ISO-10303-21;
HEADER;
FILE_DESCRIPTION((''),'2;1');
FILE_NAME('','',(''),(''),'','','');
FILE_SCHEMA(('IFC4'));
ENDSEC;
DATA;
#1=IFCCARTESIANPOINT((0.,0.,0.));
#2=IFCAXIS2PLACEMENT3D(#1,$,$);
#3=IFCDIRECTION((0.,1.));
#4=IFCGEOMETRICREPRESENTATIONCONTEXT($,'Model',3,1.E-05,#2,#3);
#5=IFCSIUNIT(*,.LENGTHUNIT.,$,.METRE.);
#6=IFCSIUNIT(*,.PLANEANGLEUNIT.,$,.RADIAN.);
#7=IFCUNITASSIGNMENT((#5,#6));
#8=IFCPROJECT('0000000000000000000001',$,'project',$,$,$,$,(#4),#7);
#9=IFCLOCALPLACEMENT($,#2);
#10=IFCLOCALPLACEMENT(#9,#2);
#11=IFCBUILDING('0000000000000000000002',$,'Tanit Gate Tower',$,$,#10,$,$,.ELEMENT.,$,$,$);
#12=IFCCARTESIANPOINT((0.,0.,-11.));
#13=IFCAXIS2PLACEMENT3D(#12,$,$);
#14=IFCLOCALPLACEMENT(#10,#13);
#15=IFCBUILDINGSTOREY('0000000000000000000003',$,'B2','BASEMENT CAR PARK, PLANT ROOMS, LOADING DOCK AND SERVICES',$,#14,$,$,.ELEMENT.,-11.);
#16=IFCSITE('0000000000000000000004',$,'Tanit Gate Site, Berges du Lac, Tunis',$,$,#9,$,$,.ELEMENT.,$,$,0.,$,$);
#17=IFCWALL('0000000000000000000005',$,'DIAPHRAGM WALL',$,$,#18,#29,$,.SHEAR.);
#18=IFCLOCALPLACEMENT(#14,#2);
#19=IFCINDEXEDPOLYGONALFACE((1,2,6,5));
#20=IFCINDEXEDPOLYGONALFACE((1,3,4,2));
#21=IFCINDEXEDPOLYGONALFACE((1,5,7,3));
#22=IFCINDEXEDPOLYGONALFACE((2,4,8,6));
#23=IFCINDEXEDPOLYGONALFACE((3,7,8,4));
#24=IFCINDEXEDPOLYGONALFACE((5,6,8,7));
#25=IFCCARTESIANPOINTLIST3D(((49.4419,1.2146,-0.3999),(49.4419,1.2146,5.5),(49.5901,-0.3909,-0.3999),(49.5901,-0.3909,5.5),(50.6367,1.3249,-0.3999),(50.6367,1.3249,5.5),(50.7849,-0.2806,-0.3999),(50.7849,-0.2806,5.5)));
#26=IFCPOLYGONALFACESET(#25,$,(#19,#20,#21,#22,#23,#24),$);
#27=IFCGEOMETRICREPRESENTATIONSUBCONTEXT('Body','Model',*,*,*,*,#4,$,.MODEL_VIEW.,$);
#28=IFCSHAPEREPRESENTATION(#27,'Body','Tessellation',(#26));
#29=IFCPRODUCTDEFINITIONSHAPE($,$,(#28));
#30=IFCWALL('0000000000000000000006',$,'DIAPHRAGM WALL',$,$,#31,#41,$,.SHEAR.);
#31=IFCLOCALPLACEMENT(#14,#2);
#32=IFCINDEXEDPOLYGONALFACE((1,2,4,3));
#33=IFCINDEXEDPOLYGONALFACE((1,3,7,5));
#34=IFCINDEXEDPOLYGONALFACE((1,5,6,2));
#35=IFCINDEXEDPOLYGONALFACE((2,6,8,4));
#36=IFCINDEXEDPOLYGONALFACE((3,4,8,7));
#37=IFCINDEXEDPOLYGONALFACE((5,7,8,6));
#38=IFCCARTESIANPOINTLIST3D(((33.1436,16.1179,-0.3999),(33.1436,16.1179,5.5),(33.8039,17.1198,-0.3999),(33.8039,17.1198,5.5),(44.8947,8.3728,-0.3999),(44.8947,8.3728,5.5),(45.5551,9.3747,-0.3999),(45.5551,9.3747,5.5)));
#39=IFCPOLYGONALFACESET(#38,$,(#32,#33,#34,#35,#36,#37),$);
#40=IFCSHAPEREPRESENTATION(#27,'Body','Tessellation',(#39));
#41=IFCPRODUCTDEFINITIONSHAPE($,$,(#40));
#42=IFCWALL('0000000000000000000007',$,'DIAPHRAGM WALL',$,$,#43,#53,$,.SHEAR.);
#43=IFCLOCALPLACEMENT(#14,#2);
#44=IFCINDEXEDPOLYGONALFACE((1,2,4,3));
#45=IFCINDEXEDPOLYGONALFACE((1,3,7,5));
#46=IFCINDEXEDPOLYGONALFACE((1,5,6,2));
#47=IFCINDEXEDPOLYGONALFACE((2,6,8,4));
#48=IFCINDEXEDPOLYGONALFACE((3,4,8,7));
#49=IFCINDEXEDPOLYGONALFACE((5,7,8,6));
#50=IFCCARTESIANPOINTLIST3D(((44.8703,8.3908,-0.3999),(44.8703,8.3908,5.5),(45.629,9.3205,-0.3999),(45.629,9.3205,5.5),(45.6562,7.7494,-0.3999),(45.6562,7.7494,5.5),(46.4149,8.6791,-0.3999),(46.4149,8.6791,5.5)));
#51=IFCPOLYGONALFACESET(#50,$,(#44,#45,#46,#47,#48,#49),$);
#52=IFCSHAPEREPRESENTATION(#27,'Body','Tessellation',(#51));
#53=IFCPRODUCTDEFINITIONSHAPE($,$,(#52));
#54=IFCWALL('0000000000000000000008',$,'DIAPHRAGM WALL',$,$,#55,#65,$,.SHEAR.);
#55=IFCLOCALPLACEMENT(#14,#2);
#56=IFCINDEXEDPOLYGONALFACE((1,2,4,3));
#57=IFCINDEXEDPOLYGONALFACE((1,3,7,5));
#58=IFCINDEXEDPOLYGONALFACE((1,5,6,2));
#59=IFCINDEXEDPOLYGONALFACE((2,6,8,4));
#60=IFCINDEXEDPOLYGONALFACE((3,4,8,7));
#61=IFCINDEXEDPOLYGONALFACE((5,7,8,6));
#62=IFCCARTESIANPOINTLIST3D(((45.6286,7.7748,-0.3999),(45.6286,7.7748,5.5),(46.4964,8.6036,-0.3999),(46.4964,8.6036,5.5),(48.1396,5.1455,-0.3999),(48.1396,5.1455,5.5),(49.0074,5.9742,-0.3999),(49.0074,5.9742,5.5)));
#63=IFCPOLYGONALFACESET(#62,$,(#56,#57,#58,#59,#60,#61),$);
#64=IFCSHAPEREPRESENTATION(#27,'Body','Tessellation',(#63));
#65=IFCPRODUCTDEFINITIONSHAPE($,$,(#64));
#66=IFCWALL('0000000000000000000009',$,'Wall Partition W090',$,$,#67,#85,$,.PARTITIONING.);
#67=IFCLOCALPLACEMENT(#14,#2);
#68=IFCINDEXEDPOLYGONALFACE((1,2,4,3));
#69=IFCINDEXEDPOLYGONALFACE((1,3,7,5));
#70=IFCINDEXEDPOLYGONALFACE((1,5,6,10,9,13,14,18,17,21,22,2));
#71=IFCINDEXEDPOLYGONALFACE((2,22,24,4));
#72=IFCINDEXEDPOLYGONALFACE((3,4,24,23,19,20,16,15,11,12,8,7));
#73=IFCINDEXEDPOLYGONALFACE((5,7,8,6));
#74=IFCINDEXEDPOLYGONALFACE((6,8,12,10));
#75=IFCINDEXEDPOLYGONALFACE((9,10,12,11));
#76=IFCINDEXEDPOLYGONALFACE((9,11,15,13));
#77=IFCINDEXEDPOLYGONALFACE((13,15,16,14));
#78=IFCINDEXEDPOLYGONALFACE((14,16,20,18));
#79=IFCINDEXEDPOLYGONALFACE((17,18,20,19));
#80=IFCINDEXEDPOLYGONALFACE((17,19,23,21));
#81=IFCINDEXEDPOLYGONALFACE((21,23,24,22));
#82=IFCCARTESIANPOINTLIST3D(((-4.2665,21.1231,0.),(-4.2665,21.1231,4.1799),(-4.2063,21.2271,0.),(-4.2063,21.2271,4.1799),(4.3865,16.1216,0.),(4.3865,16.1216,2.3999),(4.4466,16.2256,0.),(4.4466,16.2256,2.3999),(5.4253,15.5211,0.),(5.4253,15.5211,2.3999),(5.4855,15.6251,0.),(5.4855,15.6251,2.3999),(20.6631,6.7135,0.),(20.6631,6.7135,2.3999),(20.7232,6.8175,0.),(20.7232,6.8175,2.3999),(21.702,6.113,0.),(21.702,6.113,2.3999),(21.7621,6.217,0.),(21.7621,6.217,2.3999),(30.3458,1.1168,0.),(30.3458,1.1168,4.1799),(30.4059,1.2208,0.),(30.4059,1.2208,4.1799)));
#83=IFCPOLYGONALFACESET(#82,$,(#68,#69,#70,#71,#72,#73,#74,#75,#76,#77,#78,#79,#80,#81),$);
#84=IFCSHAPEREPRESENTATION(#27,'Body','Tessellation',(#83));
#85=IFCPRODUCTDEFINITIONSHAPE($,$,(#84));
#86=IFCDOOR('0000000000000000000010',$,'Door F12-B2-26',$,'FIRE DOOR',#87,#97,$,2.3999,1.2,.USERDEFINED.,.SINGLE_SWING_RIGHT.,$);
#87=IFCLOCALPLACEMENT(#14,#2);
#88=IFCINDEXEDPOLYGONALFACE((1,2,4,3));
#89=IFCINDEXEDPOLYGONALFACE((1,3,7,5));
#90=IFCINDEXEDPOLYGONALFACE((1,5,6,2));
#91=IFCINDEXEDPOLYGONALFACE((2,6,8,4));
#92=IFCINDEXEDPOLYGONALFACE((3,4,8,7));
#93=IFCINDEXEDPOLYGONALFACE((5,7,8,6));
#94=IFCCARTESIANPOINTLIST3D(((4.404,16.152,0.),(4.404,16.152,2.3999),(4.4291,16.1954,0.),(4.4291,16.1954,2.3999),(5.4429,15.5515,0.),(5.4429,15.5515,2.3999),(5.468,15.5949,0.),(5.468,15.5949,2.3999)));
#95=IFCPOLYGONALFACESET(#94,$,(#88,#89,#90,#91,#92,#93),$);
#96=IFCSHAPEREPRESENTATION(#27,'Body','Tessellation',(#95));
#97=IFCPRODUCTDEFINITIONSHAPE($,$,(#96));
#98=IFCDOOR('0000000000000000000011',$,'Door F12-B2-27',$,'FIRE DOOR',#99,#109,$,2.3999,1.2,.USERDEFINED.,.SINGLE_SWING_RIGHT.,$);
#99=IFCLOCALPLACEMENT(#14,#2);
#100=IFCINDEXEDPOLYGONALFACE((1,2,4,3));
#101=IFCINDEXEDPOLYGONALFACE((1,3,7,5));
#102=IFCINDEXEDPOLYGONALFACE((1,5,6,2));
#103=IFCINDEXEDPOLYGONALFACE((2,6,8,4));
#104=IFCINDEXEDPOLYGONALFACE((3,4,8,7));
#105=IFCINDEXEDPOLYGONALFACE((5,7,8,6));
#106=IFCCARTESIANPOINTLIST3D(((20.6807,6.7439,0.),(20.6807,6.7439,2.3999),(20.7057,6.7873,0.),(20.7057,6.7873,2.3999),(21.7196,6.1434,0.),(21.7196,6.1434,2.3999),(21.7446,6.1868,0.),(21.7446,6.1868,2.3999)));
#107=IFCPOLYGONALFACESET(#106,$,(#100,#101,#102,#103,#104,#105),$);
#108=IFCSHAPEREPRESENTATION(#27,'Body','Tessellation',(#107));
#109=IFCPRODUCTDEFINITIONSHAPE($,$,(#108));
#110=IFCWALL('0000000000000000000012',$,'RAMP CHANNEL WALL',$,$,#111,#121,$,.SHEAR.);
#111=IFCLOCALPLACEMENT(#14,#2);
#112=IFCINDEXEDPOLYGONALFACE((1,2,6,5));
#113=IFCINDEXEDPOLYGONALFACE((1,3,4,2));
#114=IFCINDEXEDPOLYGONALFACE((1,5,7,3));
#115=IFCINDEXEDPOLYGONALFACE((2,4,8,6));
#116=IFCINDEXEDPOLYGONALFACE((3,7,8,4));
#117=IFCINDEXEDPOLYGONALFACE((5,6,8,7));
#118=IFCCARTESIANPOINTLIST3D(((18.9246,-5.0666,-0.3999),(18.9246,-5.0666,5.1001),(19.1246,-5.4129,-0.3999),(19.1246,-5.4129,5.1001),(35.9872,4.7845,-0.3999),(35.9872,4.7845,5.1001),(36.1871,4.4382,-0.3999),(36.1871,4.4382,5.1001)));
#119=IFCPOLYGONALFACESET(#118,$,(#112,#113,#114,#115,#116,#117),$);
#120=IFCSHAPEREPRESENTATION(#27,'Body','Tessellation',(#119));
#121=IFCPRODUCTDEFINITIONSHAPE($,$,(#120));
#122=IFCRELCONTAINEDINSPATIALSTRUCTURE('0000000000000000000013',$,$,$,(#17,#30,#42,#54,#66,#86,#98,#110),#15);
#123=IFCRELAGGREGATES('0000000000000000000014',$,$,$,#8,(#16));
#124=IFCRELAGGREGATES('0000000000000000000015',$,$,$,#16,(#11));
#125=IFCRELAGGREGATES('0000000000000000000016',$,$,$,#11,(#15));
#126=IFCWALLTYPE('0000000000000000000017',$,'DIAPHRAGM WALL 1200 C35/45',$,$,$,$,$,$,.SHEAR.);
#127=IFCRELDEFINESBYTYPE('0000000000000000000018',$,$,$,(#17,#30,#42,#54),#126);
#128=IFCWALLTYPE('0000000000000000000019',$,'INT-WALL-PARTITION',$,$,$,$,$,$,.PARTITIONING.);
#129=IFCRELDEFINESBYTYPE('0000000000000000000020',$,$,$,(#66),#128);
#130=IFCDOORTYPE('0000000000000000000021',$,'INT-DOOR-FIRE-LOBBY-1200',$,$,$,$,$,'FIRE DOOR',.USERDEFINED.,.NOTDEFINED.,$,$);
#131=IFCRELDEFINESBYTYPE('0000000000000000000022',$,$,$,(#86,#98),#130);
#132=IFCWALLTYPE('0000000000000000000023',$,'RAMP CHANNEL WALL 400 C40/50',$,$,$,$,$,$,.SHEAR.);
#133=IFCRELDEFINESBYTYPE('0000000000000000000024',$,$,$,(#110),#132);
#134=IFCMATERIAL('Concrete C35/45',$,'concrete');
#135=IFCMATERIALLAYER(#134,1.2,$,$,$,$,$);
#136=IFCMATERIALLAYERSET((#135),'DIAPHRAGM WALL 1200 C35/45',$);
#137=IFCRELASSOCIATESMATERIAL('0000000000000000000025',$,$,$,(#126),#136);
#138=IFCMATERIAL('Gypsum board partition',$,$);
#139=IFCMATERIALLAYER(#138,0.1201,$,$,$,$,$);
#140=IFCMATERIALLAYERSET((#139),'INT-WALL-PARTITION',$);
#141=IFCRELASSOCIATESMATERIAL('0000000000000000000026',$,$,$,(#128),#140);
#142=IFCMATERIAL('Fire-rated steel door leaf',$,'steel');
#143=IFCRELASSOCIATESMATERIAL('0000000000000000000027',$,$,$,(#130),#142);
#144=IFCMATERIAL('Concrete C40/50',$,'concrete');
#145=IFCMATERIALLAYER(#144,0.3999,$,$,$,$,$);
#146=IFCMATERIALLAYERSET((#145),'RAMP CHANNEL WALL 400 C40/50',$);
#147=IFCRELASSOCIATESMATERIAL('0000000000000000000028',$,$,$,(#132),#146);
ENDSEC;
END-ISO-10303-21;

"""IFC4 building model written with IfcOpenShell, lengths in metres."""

from ifc_helpers import new_model, si_unit, direction, frame, frame_2d, origin, place, context, subcontext, project, spatial, rectangle, extrude, material, layer, layer_set, type_object, element, fill, save


model = new_model("IFC4")

# Units and contexts
model_context = context("Model", 3, precision=1e-05, world=origin(), true_north=direction((0.0, 1.0)))
body_context = subcontext(model_context, "Body", "Model", "MODEL_VIEW")
ifc_project = project(units=[si_unit("LENGTHUNIT", "METRE"), si_unit("PLANEANGLEUNIT", "RADIAN")], contexts=[model_context])

# Site, building, storey
site_placement = place(None, origin())
site = spatial("IfcSite", under=ifc_project, at=site_placement, Name="Tanit Gate Site, Berges du Lac, Tunis", CompositionType="ELEMENT", RefElevation=0.0)
building_placement = place(site_placement, origin())
building = spatial("IfcBuilding", under=site, at=building_placement, Name="Tanit Gate Tower", CompositionType="ELEMENT")
storey_placement = place(building_placement, frame((0.0, 0.0, -11.0)))
storey = spatial("IfcBuildingStorey", under=building, at=storey_placement, Name="B2", Description="BASEMENT CAR PARK, PLANT ROOMS, LOADING DOCK AND SERVICES", CompositionType="ELEMENT", Elevation=-11.0)

# Walls
ifc_material_1 = material(Name="Concrete C35/45", Category="concrete")
ifc_layer_1 = layer(ifc_material_1, 1.2)
ifc_layer_set_1 = layer_set([ifc_layer_1], Name="DIAPHRAGM WALL 1200 C35/45")
wall_type_1 = type_object("IfcWallType", Name="DIAPHRAGM WALL 1200 C35/45", PredefinedType="SHEAR", material=ifc_layer_set_1)
wall_1_placement = place(storey_placement, frame((50.0393, 1.2698, -0.3999), z_axis=(0.0, 0.0, 1.0), x_axis=(0.091915, -0.995767, 0.0)))
element("IfcWall", 1, at=wall_1_placement, inside=storey, type_object=wall_type_1, Name="DIAPHRAGM WALL", PredefinedType="SHEAR", context=body_context, shape_type="SweptSolid", body=[
    extrude(rectangle(XDim=1.6123, YDim=1.2, at=frame_2d((0.8062, 0.0))), origin(), (0.0, 0.0, 1.0), 5.8999),
])
wall_2_placement = place(storey_placement, frame((33.4736, 16.6189, -0.3999), z_axis=(0.0, 0.0, 1.0), x_axis=(0.834958, -0.550313, 0.0)))
element("IfcWall", 2, at=wall_2_placement, inside=storey, type_object=wall_type_1, Name="DIAPHRAGM WALL", PredefinedType="SHEAR", context=body_context, shape_type="SweptSolid", body=[
    extrude(rectangle(XDim=14.074, YDim=1.2, at=frame_2d((7.0371, 0.0))), origin(), (0.0, 0.0, 1.0), 5.8999),
])
wall_3_placement = place(storey_placement, frame((45.2495, 8.8557, -0.3999), z_axis=(0.0, 0.0, 1.0), x_axis=(0.77475, -0.632267, 0.0)))
element("IfcWall", 3, at=wall_3_placement, inside=storey, type_object=wall_type_1, Name="DIAPHRAGM WALL", PredefinedType="SHEAR", context=body_context, shape_type="SweptSolid", body=[
    extrude(rectangle(XDim=1.0144, YDim=1.2, at=frame_2d((0.5073, 0.0))), origin(), (0.0, 0.0, 1.0), 5.8999),
])
wall_4_placement = place(storey_placement, frame((46.0625, 8.1892, -0.3999), z_axis=(0.0, 0.0, 1.0), x_axis=(0.690635, -0.723203, 0.0)))
element("IfcWall", 4, at=wall_4_placement, inside=storey, type_object=wall_type_1, Name="DIAPHRAGM WALL", PredefinedType="SHEAR", context=body_context, shape_type="SweptSolid", body=[
    extrude(rectangle(XDim=3.6357, YDim=1.2, at=frame_2d((1.8179, 0.0))), origin(), (0.0, 0.0, 1.0), 5.8999),
])

# Wall, openings, doors
ifc_material_2 = material(Name="Gypsum board partition")
ifc_layer_2 = layer(ifc_material_2, 0.1201)
ifc_layer_set_2 = layer_set([ifc_layer_2], Name="INT-WALL-PARTITION")
wall_type_2 = type_object("IfcWallType", Name="INT-WALL-PARTITION", PredefinedType="PARTITIONING", material=ifc_layer_set_2)
wall_5_placement = place(storey_placement, frame((30.376, 1.1687, 0.0), z_axis=(0.0, 0.0, 1.0), x_axis=(-0.865777, 0.50043, 0.0)))
wall_5 = element("IfcWall", 5, at=wall_5_placement, inside=storey, type_object=wall_type_2, Name="Wall Partition W090", PredefinedType="PARTITIONING", context=body_context, shape_type="SweptSolid", body=[
    extrude(rectangle(XDim=39.9783, YDim=0.1201, at=frame_2d((19.9893, 0.0))), origin(), (0.0, 0.0, 1.0), 4.1799),
])
opening_1_placement = place(wall_5_placement, frame((28.7839, 0.0, 0.0)))
opening_1 = element("IfcOpeningElement", 6, at=opening_1_placement, cuts=wall_5, PredefinedType="OPENING", context=body_context, shape_type="SweptSolid", body=[
    extrude(rectangle(XDim=1.2, YDim=2.3999, at=frame_2d((0.6001, 1.2))), frame((0.0, 0.0701, 0.0), z_axis=(0.0, -1.0, 0.0), x_axis=(1.0, 0.0, 0.0)), (0.0, 0.0, 1.0), 0.1401),
])
opening_2_placement = place(wall_5_placement, frame((9.9839, 0.0, 0.0)))
opening_2 = element("IfcOpeningElement", 7, at=opening_2_placement, cuts=wall_5, PredefinedType="OPENING", context=body_context, shape_type="SweptSolid", body=[
    extrude(rectangle(XDim=1.2, YDim=2.3999, at=frame_2d((0.6001, 1.2))), frame((0.0, 0.0701, 0.0), z_axis=(0.0, -1.0, 0.0), x_axis=(1.0, 0.0, 0.0)), (0.0, 0.0, 1.0), 0.1401),
])
ifc_material_3 = material(Name="Fire-rated steel door leaf", Category="steel")
door_type = type_object("IfcDoorType", Name="INT-DOOR-FIRE-LOBBY-1200", ElementType="FIRE DOOR", OperationType="NOTDEFINED", PredefinedType="USERDEFINED", material=ifc_material_3)
door_1_placement = place(opening_1_placement, origin())
door_1 = element("IfcDoor", 8, at=door_1_placement, inside=storey, type_object=door_type, Name="Door F12-B2-26", ObjectType="FIRE DOOR", OperationType="SINGLE_SWING_RIGHT", OverallHeight=2.3999, OverallWidth=1.2, PredefinedType="USERDEFINED", context=body_context, shape_type="SweptSolid", body=[
    extrude(rectangle(XDim=1.2, YDim=2.3999, at=frame_2d((0.6001, 1.2))), frame((0.0, 0.0249, 0.0), z_axis=(0.0, -1.0, 0.0), x_axis=(1.0, 0.0, 0.0)), (0.0, 0.0, 1.0), 0.05),
])
fill(opening_1, door_1)
door_2_placement = place(opening_2_placement, origin())
door_2 = element("IfcDoor", 9, at=door_2_placement, inside=storey, type_object=door_type, Name="Door F12-B2-27", ObjectType="FIRE DOOR", OperationType="SINGLE_SWING_RIGHT", OverallHeight=2.3999, OverallWidth=1.2, PredefinedType="USERDEFINED", context=body_context, shape_type="SweptSolid", body=[
    extrude(rectangle(XDim=1.2, YDim=2.3999, at=frame_2d((0.6001, 1.2))), frame((0.0, 0.0249, 0.0), z_axis=(0.0, -1.0, 0.0), x_axis=(1.0, 0.0, 0.0)), (0.0, 0.0, 1.0), 0.05),
])
fill(opening_2, door_2)

# Wall
ifc_material_4 = material(Name="Concrete C40/50", Category="concrete")
ifc_layer_3 = layer(ifc_material_4, 0.3999)
ifc_layer_set_3 = layer_set([ifc_layer_3], Name="RAMP CHANNEL WALL 400 C40/50")
wall_type_3 = type_object("IfcWallType", Name="RAMP CHANNEL WALL 400 C40/50", PredefinedType="SHEAR", material=ifc_layer_set_3)
wall_6_placement = place(storey_placement, frame((36.0872, 4.6113, -0.3999), z_axis=(0.0, 0.0, 1.0), x_axis=(-0.866025, -0.500001, 0.0)))
element("IfcWall", 10, at=wall_6_placement, inside=storey, type_object=wall_type_3, Name="RAMP CHANNEL WALL", PredefinedType="SHEAR", context=body_context, shape_type="SweptSolid", body=[
    extrude(rectangle(XDim=19.7021, YDim=0.3999, at=frame_2d((9.8511, 0.0))), origin(), (0.0, 0.0, 1.0), 5.5),
])

save(model, "model.ifc")
